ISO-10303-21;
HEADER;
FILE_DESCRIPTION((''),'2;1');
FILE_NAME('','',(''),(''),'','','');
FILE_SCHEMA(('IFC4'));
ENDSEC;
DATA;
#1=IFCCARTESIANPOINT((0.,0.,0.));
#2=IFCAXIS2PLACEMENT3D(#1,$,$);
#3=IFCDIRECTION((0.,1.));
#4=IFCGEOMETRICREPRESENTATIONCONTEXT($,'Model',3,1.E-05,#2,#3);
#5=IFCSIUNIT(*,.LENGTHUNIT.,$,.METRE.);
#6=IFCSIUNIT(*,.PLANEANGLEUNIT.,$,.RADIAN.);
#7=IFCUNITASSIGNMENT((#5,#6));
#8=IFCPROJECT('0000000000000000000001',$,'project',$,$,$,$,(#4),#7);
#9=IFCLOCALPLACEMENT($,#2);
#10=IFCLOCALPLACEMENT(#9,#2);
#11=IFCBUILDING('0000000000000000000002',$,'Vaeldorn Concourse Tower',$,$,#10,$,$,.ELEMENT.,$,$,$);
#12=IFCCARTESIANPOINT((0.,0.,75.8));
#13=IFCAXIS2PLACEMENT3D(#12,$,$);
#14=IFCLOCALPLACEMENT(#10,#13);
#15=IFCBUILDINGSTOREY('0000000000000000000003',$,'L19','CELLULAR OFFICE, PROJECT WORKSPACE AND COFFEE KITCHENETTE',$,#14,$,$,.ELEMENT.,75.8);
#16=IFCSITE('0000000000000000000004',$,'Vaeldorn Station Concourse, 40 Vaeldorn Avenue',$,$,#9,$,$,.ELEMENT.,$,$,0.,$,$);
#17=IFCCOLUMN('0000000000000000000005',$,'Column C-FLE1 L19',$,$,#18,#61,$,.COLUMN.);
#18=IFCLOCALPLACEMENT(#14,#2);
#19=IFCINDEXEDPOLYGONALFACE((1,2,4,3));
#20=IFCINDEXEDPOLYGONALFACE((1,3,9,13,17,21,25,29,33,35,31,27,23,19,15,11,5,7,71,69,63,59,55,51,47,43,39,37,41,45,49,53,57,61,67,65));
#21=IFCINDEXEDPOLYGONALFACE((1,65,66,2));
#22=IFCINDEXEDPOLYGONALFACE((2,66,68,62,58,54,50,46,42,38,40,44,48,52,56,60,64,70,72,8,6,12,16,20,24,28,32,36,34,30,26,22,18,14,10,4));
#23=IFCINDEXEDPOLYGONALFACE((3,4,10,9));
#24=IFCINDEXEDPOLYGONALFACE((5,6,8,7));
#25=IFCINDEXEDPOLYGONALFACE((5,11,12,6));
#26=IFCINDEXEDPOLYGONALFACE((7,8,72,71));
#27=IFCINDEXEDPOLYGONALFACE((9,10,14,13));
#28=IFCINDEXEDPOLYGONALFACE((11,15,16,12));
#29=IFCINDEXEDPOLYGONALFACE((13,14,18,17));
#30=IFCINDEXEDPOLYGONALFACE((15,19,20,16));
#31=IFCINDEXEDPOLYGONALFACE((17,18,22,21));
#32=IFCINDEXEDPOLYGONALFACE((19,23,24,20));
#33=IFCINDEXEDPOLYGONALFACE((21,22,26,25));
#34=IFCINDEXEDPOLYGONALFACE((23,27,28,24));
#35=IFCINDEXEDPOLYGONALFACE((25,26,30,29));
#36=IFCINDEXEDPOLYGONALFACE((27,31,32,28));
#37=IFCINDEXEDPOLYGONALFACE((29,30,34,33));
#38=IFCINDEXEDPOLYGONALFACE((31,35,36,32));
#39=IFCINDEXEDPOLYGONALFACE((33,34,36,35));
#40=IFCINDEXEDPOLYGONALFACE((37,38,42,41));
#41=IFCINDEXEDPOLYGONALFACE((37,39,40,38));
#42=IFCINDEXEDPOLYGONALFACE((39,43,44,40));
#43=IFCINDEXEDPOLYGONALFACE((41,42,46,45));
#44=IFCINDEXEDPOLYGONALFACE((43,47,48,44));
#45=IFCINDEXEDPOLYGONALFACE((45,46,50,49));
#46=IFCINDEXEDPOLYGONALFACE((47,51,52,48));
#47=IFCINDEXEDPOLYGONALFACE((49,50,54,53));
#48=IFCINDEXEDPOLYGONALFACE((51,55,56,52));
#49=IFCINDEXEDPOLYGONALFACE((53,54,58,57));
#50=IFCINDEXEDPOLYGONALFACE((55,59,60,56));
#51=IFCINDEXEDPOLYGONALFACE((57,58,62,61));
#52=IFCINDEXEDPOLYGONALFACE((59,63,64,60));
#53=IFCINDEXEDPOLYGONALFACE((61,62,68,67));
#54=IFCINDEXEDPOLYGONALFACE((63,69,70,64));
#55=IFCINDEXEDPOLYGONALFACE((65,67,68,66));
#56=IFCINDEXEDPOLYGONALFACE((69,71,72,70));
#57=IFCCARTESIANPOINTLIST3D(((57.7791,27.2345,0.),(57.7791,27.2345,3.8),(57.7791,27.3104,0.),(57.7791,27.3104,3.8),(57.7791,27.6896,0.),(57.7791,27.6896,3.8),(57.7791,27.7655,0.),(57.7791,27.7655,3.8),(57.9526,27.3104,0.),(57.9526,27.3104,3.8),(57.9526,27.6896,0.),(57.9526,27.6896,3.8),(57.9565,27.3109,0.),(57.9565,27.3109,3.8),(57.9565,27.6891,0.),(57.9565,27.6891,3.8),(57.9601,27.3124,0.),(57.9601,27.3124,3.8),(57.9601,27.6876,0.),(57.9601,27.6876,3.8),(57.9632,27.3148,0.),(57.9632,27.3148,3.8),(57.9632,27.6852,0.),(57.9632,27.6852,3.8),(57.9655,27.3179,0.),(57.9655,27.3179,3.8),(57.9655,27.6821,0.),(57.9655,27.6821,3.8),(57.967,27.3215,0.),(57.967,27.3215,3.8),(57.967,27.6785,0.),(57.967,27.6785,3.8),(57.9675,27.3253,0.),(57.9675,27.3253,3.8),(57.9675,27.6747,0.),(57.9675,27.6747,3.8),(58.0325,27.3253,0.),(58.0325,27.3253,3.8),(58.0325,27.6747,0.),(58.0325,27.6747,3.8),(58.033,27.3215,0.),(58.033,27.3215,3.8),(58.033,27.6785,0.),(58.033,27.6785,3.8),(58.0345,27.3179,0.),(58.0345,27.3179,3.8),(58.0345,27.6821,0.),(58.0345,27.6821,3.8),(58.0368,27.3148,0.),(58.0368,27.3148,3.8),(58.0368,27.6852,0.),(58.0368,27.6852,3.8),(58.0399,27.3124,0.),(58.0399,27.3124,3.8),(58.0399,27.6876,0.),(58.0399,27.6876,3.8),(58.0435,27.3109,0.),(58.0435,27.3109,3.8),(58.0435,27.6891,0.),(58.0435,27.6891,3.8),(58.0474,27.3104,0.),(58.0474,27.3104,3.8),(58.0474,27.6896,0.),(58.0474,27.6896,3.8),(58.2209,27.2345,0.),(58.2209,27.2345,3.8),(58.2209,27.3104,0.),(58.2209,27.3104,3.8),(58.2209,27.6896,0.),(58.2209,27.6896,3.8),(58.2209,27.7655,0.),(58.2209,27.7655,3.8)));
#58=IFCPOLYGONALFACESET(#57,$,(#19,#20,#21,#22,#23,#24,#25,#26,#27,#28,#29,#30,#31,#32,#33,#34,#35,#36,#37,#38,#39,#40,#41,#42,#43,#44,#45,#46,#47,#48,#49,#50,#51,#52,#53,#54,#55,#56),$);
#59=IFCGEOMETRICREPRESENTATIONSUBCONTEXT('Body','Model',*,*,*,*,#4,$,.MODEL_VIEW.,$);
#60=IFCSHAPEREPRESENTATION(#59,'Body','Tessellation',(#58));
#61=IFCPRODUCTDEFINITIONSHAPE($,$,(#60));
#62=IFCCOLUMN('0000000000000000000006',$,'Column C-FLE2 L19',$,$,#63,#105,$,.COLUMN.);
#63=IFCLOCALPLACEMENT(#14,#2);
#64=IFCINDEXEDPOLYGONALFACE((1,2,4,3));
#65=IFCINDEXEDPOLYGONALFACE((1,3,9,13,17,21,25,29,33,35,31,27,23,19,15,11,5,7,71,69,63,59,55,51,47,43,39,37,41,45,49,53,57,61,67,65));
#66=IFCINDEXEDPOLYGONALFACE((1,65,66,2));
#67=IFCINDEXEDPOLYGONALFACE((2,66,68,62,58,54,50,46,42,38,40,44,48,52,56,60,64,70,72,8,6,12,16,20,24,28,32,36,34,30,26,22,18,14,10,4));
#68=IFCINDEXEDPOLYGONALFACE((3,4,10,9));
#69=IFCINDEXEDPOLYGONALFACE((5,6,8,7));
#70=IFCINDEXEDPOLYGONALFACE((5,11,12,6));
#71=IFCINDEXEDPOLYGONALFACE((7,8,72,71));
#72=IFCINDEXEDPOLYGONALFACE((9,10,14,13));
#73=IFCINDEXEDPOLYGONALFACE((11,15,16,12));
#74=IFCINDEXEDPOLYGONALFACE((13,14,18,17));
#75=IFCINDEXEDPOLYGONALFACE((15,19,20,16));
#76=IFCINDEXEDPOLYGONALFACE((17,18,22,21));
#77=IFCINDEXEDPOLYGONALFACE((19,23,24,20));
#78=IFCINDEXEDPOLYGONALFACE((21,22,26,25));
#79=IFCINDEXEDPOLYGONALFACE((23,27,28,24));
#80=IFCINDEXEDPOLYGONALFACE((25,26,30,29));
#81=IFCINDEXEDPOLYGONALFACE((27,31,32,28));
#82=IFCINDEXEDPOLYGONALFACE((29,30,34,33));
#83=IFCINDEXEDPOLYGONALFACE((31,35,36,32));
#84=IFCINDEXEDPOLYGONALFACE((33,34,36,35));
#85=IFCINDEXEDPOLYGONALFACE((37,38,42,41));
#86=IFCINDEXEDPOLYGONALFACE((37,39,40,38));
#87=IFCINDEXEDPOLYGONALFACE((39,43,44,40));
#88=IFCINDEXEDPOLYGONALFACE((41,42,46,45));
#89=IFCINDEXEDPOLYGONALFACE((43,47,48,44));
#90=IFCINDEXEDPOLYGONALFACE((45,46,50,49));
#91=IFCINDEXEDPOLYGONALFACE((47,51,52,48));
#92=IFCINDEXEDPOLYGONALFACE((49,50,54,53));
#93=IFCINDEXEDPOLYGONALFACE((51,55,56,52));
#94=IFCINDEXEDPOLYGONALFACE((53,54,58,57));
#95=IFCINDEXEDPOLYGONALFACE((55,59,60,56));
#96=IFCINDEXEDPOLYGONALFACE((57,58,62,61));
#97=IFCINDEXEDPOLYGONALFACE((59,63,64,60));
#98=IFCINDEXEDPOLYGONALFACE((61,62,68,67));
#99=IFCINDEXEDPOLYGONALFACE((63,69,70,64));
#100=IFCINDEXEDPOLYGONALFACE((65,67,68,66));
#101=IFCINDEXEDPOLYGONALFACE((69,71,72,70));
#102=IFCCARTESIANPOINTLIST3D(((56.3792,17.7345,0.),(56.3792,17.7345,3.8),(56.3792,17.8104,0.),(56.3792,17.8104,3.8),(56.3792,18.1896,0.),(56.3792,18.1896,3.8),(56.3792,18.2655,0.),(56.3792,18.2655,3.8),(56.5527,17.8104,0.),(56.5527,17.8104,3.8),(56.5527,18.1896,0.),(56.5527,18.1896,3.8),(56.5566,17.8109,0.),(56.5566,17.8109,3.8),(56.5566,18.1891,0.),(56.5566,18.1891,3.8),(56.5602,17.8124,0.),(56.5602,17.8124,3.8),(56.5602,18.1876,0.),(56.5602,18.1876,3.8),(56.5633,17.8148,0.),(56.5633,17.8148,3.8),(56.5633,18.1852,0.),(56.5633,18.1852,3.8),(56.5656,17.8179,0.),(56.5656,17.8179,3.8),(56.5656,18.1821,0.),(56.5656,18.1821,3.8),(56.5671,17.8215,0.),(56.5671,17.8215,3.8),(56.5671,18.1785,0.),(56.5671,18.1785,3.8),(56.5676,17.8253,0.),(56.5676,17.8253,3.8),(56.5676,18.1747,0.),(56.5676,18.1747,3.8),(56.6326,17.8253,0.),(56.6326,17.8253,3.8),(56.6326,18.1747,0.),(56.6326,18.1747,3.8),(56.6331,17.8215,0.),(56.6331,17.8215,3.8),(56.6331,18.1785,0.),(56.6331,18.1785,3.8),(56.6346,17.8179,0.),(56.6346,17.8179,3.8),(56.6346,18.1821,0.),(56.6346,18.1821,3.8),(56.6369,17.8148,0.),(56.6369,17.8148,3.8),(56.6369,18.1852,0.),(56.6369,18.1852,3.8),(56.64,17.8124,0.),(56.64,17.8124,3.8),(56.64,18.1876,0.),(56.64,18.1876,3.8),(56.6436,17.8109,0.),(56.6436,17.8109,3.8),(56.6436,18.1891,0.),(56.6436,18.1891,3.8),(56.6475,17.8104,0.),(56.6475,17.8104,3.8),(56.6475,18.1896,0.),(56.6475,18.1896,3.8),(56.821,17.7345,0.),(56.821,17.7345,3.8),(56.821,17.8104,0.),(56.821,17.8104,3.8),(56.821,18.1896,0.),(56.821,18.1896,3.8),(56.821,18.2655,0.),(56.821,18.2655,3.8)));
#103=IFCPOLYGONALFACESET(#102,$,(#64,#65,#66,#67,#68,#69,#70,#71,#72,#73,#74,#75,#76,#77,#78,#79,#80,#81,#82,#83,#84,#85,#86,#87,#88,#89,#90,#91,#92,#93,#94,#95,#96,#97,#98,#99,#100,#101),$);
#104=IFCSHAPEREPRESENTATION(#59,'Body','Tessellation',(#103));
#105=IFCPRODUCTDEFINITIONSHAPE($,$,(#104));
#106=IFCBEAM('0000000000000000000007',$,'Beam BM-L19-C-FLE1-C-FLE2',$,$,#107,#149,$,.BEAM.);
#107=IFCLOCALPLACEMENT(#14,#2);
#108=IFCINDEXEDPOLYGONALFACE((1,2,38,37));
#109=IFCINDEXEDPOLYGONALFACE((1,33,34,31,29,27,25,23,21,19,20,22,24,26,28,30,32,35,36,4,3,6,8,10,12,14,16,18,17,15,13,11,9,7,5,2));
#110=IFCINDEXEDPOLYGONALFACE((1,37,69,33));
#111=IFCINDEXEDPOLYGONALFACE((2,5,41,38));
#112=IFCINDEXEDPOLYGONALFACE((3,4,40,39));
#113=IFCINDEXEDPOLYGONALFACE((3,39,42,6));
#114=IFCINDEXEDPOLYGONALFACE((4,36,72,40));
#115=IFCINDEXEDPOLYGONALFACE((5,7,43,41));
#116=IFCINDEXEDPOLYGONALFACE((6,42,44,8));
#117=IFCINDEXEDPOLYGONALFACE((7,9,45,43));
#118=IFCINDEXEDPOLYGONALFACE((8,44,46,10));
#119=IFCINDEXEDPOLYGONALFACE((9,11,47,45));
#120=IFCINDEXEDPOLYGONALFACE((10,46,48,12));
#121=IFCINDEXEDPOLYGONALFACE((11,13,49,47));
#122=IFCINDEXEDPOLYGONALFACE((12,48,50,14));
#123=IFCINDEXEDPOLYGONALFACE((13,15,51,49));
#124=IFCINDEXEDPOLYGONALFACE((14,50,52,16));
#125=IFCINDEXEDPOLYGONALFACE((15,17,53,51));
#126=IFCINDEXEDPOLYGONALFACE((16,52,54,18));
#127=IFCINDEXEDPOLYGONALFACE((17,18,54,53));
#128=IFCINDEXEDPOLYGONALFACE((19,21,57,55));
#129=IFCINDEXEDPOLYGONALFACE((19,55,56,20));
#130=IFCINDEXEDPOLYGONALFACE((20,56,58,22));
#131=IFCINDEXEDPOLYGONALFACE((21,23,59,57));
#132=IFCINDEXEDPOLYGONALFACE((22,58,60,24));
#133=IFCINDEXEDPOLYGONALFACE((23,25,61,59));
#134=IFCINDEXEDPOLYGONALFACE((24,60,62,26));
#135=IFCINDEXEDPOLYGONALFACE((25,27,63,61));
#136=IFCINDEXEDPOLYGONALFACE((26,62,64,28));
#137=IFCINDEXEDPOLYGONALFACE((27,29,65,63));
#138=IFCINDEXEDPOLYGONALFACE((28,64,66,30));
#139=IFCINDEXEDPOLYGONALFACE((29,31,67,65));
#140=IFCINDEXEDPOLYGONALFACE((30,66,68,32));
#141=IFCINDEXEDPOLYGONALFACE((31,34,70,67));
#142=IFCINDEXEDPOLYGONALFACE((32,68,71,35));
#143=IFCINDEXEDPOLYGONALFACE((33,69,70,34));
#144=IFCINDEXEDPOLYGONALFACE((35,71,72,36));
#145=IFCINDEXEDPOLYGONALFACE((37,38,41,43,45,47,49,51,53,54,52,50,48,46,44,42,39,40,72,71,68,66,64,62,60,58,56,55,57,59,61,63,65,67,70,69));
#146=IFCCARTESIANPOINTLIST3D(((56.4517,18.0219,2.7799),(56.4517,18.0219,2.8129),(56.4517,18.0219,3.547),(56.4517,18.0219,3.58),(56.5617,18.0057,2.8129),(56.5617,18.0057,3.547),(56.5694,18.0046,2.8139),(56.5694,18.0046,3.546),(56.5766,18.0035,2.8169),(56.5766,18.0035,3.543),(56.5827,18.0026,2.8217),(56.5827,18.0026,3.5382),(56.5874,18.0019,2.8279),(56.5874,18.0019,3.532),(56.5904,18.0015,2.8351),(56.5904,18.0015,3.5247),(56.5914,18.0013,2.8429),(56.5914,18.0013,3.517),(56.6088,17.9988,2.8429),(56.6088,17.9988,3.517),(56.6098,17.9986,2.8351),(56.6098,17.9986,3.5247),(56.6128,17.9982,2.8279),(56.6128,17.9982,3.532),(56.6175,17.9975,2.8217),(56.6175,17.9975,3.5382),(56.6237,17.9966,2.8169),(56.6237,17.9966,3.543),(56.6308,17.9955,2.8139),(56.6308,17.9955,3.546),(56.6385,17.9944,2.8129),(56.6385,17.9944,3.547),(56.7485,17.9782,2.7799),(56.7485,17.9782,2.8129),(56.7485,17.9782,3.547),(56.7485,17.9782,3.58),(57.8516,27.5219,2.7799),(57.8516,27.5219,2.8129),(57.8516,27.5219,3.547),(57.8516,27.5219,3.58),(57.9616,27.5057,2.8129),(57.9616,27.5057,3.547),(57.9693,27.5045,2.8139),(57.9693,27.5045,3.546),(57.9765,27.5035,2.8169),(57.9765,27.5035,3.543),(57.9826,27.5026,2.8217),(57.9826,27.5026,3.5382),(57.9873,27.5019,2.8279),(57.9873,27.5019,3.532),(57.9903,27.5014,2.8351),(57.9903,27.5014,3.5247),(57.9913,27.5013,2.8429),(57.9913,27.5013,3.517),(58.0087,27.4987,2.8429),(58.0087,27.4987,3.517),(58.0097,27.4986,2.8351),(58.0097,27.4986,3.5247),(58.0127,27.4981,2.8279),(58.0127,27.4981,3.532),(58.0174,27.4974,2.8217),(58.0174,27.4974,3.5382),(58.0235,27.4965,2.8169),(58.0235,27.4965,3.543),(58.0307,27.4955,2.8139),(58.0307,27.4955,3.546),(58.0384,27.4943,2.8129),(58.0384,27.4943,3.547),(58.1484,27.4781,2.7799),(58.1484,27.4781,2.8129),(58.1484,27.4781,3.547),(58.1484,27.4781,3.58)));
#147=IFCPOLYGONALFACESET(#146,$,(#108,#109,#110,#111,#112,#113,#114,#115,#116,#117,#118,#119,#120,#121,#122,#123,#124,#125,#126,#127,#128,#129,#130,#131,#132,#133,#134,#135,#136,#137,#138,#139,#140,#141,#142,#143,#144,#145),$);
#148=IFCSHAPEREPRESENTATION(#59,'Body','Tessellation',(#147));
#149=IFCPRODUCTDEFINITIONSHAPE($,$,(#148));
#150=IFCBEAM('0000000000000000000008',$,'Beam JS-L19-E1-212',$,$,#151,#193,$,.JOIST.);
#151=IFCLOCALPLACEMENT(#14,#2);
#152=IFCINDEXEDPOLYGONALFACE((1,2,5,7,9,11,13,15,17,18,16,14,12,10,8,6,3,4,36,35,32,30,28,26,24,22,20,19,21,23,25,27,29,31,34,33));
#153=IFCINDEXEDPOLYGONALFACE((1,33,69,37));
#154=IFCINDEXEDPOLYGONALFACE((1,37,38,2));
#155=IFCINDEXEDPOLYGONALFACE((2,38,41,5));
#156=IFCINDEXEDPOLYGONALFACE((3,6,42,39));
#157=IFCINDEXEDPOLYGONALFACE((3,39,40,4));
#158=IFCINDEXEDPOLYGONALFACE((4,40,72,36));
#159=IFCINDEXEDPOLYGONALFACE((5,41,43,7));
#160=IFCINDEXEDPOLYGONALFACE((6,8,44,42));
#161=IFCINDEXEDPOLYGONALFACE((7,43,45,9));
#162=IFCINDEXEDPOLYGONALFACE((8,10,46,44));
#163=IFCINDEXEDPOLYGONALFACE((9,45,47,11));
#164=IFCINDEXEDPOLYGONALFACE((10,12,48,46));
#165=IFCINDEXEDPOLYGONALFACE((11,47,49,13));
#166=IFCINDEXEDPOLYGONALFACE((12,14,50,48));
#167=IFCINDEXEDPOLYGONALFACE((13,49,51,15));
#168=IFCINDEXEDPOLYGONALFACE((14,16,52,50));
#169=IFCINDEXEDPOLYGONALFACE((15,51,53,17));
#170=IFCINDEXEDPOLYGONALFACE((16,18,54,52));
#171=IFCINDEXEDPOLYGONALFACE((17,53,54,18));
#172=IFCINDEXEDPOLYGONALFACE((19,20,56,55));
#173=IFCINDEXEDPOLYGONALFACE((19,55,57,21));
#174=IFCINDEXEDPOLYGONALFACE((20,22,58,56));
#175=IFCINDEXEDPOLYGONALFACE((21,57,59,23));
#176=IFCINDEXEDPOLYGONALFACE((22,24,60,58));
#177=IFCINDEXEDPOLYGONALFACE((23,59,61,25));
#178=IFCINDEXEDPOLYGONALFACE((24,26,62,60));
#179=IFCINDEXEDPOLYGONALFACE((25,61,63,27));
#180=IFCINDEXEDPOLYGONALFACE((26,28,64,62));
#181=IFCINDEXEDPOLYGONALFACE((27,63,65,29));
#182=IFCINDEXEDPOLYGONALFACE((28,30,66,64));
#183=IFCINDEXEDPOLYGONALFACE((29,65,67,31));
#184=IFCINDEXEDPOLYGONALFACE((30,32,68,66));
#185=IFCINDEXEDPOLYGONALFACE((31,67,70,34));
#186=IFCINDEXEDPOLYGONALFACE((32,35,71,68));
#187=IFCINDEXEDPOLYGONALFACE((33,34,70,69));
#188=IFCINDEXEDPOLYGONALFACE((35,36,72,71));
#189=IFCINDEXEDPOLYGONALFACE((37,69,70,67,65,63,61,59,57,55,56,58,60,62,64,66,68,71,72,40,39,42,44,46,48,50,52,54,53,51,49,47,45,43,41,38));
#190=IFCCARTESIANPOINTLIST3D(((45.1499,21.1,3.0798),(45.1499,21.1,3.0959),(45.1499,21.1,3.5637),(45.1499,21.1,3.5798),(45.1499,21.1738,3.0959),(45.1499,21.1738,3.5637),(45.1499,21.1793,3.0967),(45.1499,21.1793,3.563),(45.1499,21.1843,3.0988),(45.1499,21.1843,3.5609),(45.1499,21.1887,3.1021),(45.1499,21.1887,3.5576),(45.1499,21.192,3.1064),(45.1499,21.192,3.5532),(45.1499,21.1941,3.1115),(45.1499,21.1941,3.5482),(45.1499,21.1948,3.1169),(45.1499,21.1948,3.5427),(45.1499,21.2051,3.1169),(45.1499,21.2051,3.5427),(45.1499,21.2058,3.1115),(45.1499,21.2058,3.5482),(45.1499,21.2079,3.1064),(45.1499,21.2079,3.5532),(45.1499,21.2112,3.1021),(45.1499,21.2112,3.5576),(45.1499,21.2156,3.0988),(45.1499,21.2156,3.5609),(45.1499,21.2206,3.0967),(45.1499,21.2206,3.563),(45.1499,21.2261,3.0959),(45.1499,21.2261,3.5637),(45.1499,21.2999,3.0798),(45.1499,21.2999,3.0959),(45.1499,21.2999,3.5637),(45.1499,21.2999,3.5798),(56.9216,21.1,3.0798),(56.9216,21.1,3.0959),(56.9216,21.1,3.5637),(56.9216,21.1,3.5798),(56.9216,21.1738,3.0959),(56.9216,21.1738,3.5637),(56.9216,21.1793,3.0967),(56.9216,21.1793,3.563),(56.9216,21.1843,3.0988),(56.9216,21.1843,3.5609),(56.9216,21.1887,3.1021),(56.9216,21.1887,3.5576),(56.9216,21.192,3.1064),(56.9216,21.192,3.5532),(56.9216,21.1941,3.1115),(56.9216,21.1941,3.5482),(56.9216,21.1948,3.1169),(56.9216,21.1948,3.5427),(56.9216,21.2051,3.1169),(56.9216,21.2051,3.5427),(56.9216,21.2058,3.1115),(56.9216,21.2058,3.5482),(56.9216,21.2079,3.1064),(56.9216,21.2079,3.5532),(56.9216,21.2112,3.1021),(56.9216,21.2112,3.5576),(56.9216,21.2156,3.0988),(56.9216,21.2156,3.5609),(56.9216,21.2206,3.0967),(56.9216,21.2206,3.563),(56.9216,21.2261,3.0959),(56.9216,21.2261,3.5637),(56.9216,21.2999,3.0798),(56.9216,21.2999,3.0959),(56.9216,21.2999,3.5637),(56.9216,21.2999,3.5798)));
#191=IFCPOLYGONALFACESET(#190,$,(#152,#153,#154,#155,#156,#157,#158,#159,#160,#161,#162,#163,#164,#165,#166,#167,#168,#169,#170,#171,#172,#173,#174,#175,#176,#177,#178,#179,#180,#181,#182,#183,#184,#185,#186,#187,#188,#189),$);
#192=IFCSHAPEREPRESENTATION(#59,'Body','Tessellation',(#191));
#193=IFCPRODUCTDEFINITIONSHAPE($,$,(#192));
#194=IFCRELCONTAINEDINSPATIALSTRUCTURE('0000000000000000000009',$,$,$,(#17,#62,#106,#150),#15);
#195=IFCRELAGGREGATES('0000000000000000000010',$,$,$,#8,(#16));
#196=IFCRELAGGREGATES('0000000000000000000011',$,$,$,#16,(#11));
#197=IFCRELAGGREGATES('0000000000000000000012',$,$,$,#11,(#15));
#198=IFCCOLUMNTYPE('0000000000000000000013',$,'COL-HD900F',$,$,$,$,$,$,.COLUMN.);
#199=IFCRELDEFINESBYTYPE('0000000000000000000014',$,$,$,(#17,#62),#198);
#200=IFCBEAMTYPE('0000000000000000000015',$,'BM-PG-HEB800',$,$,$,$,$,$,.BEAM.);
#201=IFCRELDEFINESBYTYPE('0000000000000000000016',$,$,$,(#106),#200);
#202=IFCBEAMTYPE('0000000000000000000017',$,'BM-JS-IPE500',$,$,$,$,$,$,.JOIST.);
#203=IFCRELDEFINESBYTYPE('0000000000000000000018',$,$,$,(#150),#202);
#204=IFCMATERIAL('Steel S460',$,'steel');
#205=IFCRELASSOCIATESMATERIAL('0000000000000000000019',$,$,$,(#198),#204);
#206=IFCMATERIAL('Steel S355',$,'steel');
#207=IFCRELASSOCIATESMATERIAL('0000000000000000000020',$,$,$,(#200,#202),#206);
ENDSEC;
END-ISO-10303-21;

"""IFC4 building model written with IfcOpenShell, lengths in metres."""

from ifc_helpers import new_model, si_unit, direction, frame, origin, origin_2d, place, context, subcontext, project, spatial, i_section, extrude, source, transform, mapped, material, material_profile, profile_set, type_object, element, save


model = new_model("IFC4")

# Units and contexts
model_context = context("Model", 3, precision=1e-05, world=origin(), true_north=direction((0.0, 1.0)))
body_context = subcontext(model_context, "Body", "Model", "MODEL_VIEW")
ifc_project = project(units=[si_unit("LENGTHUNIT", "METRE"), si_unit("PLANEANGLEUNIT", "RADIAN")], contexts=[model_context])

# Site, building, storey
site_placement = place(None, origin())
site = spatial("IfcSite", under=ifc_project, at=site_placement, Name="Vaeldorn Station Concourse, 40 Vaeldorn Avenue", CompositionType="ELEMENT", RefElevation=0.0)
building_placement = place(site_placement, origin())
building = spatial("IfcBuilding", under=site, at=building_placement, Name="Vaeldorn Concourse Tower", CompositionType="ELEMENT")
storey_placement = place(building_placement, frame((0.0, 0.0, 75.8)))
storey = spatial("IfcBuildingStorey", under=building, at=storey_placement, Name="L19", Description="CELLULAR OFFICE, PROJECT WORKSPACE AND COFFEE KITCHENETTE", CompositionType="ELEMENT", Elevation=75.8)

# Columns
ifc_material_1 = material(Name="Steel S460", Category="steel")
ifc_material_profile_1 = material_profile(ifc_material_1, i_section(OverallWidth=0.4419, OverallDepth=0.531, WebThickness=0.0649, FlangeThickness=0.0759, FilletRadius=0.0149, at=origin_2d()), Name="HD 400x900")
ifc_profile_set_1 = profile_set([ifc_material_profile_1], Name="Steel S460")
column_type = type_object("IfcColumnType", Name="COL-HD900F", PredefinedType="COLUMN", material=ifc_profile_set_1)
shared_shape_1 = source(origin(), body_context, "Body", "SweptSolid", [
    extrude(i_section(OverallWidth=0.4419, OverallDepth=0.531, WebThickness=0.0649, FlangeThickness=0.0759, FilletRadius=0.0149, at=origin_2d()), origin(), (0.0, 0.0, 1.0), 3.8),
])
for number, where, z_axis, x_axis, name in (
    (1, (58.0, 27.5, 0.0), (0.0, 0.0, 1.0), (1.0, 0.0, 0.0), "Column C-FLE1 L19"),
    (2, (56.6001, 18.0, 0.0), (0.0, 0.0, 1.0), (1.0, 0.0, 0.0), "Column C-FLE2 L19"),
):
    element("IfcColumn", number, at=place(storey_placement, frame(where, z_axis=z_axis, x_axis=x_axis)), inside=storey, type_object=column_type, Name=name, PredefinedType="COLUMN", context=body_context, shape_type="MappedRepresentation", body=[
        mapped(shared_shape_1, transform((0.0, 0.0, 0.0), scale=1.0)),
    ])

# Beams
ifc_material_2 = material(Name="Steel S355", Category="steel")
ifc_material_profile_2 = material_profile(ifc_material_2, i_section(OverallWidth=0.3, OverallDepth=0.8, WebThickness=0.0176, FlangeThickness=0.033, FilletRadius=0.03, at=origin_2d()), Name="HEB 800")
ifc_profile_set_2 = profile_set([ifc_material_profile_2], Name="Steel S355")
beam_type_1 = type_object("IfcBeamType", Name="BM-PG-HEB800", PredefinedType="BEAM", material=ifc_profile_set_2)
shared_shape_2 = source(origin(), body_context, "Body", "SweptSolid", [
    extrude(i_section(OverallWidth=0.3, OverallDepth=0.8, WebThickness=0.0176, FlangeThickness=0.033, FilletRadius=0.03, at=origin_2d()), origin(), (0.0, 0.0, 1.0), 9.6025),
])
beam_1_placement = place(storey_placement, frame((58.0, 27.5, 3.1799), z_axis=(-0.145784, -0.989316, 0.0), x_axis=(0.989316, -0.145784, 0.0)))
element("IfcBeam", 3, at=beam_1_placement, inside=storey, type_object=beam_type_1, Name="Beam BM-L19-C-FLE1-C-FLE2", PredefinedType="BEAM", context=body_context, shape_type="MappedRepresentation", body=[
    mapped(shared_shape_2, transform((0.0, 0.0, 0.0), scale=1.0)),
])
ifc_material_profile_3 = material_profile(ifc_material_2, i_section(OverallWidth=0.2, OverallDepth=0.5, WebThickness=0.0103, FlangeThickness=0.0161, FilletRadius=0.021, at=origin_2d()), Name="IPE 500")
ifc_profile_set_3 = profile_set([ifc_material_profile_3], Name="Steel S355")
beam_type_2 = type_object("IfcBeamType", Name="BM-JS-IPE500", PredefinedType="JOIST", material=ifc_profile_set_3)
shared_shape_3 = source(origin(), body_context, "Body", "SweptSolid", [
    extrude(i_section(OverallWidth=0.2, OverallDepth=0.5, WebThickness=0.0103, FlangeThickness=0.0161, FilletRadius=0.021, at=origin_2d()), origin(), (0.0, 0.0, 1.0), 11.7717),
])
beam_2_placement = place(storey_placement, frame((45.1499, 21.2, 3.3298), z_axis=(1.0, 0.0, 0.0), x_axis=(0.0, 1.0, 0.0)))
element("IfcBeam", 4, at=beam_2_placement, inside=storey, type_object=beam_type_2, Name="Beam JS-L19-E1-212", PredefinedType="JOIST", context=body_context, shape_type="MappedRepresentation", body=[
    mapped(shared_shape_3, transform((0.0, 0.0, 0.0), scale=1.0)),
])

save(model, "model.ifc")
